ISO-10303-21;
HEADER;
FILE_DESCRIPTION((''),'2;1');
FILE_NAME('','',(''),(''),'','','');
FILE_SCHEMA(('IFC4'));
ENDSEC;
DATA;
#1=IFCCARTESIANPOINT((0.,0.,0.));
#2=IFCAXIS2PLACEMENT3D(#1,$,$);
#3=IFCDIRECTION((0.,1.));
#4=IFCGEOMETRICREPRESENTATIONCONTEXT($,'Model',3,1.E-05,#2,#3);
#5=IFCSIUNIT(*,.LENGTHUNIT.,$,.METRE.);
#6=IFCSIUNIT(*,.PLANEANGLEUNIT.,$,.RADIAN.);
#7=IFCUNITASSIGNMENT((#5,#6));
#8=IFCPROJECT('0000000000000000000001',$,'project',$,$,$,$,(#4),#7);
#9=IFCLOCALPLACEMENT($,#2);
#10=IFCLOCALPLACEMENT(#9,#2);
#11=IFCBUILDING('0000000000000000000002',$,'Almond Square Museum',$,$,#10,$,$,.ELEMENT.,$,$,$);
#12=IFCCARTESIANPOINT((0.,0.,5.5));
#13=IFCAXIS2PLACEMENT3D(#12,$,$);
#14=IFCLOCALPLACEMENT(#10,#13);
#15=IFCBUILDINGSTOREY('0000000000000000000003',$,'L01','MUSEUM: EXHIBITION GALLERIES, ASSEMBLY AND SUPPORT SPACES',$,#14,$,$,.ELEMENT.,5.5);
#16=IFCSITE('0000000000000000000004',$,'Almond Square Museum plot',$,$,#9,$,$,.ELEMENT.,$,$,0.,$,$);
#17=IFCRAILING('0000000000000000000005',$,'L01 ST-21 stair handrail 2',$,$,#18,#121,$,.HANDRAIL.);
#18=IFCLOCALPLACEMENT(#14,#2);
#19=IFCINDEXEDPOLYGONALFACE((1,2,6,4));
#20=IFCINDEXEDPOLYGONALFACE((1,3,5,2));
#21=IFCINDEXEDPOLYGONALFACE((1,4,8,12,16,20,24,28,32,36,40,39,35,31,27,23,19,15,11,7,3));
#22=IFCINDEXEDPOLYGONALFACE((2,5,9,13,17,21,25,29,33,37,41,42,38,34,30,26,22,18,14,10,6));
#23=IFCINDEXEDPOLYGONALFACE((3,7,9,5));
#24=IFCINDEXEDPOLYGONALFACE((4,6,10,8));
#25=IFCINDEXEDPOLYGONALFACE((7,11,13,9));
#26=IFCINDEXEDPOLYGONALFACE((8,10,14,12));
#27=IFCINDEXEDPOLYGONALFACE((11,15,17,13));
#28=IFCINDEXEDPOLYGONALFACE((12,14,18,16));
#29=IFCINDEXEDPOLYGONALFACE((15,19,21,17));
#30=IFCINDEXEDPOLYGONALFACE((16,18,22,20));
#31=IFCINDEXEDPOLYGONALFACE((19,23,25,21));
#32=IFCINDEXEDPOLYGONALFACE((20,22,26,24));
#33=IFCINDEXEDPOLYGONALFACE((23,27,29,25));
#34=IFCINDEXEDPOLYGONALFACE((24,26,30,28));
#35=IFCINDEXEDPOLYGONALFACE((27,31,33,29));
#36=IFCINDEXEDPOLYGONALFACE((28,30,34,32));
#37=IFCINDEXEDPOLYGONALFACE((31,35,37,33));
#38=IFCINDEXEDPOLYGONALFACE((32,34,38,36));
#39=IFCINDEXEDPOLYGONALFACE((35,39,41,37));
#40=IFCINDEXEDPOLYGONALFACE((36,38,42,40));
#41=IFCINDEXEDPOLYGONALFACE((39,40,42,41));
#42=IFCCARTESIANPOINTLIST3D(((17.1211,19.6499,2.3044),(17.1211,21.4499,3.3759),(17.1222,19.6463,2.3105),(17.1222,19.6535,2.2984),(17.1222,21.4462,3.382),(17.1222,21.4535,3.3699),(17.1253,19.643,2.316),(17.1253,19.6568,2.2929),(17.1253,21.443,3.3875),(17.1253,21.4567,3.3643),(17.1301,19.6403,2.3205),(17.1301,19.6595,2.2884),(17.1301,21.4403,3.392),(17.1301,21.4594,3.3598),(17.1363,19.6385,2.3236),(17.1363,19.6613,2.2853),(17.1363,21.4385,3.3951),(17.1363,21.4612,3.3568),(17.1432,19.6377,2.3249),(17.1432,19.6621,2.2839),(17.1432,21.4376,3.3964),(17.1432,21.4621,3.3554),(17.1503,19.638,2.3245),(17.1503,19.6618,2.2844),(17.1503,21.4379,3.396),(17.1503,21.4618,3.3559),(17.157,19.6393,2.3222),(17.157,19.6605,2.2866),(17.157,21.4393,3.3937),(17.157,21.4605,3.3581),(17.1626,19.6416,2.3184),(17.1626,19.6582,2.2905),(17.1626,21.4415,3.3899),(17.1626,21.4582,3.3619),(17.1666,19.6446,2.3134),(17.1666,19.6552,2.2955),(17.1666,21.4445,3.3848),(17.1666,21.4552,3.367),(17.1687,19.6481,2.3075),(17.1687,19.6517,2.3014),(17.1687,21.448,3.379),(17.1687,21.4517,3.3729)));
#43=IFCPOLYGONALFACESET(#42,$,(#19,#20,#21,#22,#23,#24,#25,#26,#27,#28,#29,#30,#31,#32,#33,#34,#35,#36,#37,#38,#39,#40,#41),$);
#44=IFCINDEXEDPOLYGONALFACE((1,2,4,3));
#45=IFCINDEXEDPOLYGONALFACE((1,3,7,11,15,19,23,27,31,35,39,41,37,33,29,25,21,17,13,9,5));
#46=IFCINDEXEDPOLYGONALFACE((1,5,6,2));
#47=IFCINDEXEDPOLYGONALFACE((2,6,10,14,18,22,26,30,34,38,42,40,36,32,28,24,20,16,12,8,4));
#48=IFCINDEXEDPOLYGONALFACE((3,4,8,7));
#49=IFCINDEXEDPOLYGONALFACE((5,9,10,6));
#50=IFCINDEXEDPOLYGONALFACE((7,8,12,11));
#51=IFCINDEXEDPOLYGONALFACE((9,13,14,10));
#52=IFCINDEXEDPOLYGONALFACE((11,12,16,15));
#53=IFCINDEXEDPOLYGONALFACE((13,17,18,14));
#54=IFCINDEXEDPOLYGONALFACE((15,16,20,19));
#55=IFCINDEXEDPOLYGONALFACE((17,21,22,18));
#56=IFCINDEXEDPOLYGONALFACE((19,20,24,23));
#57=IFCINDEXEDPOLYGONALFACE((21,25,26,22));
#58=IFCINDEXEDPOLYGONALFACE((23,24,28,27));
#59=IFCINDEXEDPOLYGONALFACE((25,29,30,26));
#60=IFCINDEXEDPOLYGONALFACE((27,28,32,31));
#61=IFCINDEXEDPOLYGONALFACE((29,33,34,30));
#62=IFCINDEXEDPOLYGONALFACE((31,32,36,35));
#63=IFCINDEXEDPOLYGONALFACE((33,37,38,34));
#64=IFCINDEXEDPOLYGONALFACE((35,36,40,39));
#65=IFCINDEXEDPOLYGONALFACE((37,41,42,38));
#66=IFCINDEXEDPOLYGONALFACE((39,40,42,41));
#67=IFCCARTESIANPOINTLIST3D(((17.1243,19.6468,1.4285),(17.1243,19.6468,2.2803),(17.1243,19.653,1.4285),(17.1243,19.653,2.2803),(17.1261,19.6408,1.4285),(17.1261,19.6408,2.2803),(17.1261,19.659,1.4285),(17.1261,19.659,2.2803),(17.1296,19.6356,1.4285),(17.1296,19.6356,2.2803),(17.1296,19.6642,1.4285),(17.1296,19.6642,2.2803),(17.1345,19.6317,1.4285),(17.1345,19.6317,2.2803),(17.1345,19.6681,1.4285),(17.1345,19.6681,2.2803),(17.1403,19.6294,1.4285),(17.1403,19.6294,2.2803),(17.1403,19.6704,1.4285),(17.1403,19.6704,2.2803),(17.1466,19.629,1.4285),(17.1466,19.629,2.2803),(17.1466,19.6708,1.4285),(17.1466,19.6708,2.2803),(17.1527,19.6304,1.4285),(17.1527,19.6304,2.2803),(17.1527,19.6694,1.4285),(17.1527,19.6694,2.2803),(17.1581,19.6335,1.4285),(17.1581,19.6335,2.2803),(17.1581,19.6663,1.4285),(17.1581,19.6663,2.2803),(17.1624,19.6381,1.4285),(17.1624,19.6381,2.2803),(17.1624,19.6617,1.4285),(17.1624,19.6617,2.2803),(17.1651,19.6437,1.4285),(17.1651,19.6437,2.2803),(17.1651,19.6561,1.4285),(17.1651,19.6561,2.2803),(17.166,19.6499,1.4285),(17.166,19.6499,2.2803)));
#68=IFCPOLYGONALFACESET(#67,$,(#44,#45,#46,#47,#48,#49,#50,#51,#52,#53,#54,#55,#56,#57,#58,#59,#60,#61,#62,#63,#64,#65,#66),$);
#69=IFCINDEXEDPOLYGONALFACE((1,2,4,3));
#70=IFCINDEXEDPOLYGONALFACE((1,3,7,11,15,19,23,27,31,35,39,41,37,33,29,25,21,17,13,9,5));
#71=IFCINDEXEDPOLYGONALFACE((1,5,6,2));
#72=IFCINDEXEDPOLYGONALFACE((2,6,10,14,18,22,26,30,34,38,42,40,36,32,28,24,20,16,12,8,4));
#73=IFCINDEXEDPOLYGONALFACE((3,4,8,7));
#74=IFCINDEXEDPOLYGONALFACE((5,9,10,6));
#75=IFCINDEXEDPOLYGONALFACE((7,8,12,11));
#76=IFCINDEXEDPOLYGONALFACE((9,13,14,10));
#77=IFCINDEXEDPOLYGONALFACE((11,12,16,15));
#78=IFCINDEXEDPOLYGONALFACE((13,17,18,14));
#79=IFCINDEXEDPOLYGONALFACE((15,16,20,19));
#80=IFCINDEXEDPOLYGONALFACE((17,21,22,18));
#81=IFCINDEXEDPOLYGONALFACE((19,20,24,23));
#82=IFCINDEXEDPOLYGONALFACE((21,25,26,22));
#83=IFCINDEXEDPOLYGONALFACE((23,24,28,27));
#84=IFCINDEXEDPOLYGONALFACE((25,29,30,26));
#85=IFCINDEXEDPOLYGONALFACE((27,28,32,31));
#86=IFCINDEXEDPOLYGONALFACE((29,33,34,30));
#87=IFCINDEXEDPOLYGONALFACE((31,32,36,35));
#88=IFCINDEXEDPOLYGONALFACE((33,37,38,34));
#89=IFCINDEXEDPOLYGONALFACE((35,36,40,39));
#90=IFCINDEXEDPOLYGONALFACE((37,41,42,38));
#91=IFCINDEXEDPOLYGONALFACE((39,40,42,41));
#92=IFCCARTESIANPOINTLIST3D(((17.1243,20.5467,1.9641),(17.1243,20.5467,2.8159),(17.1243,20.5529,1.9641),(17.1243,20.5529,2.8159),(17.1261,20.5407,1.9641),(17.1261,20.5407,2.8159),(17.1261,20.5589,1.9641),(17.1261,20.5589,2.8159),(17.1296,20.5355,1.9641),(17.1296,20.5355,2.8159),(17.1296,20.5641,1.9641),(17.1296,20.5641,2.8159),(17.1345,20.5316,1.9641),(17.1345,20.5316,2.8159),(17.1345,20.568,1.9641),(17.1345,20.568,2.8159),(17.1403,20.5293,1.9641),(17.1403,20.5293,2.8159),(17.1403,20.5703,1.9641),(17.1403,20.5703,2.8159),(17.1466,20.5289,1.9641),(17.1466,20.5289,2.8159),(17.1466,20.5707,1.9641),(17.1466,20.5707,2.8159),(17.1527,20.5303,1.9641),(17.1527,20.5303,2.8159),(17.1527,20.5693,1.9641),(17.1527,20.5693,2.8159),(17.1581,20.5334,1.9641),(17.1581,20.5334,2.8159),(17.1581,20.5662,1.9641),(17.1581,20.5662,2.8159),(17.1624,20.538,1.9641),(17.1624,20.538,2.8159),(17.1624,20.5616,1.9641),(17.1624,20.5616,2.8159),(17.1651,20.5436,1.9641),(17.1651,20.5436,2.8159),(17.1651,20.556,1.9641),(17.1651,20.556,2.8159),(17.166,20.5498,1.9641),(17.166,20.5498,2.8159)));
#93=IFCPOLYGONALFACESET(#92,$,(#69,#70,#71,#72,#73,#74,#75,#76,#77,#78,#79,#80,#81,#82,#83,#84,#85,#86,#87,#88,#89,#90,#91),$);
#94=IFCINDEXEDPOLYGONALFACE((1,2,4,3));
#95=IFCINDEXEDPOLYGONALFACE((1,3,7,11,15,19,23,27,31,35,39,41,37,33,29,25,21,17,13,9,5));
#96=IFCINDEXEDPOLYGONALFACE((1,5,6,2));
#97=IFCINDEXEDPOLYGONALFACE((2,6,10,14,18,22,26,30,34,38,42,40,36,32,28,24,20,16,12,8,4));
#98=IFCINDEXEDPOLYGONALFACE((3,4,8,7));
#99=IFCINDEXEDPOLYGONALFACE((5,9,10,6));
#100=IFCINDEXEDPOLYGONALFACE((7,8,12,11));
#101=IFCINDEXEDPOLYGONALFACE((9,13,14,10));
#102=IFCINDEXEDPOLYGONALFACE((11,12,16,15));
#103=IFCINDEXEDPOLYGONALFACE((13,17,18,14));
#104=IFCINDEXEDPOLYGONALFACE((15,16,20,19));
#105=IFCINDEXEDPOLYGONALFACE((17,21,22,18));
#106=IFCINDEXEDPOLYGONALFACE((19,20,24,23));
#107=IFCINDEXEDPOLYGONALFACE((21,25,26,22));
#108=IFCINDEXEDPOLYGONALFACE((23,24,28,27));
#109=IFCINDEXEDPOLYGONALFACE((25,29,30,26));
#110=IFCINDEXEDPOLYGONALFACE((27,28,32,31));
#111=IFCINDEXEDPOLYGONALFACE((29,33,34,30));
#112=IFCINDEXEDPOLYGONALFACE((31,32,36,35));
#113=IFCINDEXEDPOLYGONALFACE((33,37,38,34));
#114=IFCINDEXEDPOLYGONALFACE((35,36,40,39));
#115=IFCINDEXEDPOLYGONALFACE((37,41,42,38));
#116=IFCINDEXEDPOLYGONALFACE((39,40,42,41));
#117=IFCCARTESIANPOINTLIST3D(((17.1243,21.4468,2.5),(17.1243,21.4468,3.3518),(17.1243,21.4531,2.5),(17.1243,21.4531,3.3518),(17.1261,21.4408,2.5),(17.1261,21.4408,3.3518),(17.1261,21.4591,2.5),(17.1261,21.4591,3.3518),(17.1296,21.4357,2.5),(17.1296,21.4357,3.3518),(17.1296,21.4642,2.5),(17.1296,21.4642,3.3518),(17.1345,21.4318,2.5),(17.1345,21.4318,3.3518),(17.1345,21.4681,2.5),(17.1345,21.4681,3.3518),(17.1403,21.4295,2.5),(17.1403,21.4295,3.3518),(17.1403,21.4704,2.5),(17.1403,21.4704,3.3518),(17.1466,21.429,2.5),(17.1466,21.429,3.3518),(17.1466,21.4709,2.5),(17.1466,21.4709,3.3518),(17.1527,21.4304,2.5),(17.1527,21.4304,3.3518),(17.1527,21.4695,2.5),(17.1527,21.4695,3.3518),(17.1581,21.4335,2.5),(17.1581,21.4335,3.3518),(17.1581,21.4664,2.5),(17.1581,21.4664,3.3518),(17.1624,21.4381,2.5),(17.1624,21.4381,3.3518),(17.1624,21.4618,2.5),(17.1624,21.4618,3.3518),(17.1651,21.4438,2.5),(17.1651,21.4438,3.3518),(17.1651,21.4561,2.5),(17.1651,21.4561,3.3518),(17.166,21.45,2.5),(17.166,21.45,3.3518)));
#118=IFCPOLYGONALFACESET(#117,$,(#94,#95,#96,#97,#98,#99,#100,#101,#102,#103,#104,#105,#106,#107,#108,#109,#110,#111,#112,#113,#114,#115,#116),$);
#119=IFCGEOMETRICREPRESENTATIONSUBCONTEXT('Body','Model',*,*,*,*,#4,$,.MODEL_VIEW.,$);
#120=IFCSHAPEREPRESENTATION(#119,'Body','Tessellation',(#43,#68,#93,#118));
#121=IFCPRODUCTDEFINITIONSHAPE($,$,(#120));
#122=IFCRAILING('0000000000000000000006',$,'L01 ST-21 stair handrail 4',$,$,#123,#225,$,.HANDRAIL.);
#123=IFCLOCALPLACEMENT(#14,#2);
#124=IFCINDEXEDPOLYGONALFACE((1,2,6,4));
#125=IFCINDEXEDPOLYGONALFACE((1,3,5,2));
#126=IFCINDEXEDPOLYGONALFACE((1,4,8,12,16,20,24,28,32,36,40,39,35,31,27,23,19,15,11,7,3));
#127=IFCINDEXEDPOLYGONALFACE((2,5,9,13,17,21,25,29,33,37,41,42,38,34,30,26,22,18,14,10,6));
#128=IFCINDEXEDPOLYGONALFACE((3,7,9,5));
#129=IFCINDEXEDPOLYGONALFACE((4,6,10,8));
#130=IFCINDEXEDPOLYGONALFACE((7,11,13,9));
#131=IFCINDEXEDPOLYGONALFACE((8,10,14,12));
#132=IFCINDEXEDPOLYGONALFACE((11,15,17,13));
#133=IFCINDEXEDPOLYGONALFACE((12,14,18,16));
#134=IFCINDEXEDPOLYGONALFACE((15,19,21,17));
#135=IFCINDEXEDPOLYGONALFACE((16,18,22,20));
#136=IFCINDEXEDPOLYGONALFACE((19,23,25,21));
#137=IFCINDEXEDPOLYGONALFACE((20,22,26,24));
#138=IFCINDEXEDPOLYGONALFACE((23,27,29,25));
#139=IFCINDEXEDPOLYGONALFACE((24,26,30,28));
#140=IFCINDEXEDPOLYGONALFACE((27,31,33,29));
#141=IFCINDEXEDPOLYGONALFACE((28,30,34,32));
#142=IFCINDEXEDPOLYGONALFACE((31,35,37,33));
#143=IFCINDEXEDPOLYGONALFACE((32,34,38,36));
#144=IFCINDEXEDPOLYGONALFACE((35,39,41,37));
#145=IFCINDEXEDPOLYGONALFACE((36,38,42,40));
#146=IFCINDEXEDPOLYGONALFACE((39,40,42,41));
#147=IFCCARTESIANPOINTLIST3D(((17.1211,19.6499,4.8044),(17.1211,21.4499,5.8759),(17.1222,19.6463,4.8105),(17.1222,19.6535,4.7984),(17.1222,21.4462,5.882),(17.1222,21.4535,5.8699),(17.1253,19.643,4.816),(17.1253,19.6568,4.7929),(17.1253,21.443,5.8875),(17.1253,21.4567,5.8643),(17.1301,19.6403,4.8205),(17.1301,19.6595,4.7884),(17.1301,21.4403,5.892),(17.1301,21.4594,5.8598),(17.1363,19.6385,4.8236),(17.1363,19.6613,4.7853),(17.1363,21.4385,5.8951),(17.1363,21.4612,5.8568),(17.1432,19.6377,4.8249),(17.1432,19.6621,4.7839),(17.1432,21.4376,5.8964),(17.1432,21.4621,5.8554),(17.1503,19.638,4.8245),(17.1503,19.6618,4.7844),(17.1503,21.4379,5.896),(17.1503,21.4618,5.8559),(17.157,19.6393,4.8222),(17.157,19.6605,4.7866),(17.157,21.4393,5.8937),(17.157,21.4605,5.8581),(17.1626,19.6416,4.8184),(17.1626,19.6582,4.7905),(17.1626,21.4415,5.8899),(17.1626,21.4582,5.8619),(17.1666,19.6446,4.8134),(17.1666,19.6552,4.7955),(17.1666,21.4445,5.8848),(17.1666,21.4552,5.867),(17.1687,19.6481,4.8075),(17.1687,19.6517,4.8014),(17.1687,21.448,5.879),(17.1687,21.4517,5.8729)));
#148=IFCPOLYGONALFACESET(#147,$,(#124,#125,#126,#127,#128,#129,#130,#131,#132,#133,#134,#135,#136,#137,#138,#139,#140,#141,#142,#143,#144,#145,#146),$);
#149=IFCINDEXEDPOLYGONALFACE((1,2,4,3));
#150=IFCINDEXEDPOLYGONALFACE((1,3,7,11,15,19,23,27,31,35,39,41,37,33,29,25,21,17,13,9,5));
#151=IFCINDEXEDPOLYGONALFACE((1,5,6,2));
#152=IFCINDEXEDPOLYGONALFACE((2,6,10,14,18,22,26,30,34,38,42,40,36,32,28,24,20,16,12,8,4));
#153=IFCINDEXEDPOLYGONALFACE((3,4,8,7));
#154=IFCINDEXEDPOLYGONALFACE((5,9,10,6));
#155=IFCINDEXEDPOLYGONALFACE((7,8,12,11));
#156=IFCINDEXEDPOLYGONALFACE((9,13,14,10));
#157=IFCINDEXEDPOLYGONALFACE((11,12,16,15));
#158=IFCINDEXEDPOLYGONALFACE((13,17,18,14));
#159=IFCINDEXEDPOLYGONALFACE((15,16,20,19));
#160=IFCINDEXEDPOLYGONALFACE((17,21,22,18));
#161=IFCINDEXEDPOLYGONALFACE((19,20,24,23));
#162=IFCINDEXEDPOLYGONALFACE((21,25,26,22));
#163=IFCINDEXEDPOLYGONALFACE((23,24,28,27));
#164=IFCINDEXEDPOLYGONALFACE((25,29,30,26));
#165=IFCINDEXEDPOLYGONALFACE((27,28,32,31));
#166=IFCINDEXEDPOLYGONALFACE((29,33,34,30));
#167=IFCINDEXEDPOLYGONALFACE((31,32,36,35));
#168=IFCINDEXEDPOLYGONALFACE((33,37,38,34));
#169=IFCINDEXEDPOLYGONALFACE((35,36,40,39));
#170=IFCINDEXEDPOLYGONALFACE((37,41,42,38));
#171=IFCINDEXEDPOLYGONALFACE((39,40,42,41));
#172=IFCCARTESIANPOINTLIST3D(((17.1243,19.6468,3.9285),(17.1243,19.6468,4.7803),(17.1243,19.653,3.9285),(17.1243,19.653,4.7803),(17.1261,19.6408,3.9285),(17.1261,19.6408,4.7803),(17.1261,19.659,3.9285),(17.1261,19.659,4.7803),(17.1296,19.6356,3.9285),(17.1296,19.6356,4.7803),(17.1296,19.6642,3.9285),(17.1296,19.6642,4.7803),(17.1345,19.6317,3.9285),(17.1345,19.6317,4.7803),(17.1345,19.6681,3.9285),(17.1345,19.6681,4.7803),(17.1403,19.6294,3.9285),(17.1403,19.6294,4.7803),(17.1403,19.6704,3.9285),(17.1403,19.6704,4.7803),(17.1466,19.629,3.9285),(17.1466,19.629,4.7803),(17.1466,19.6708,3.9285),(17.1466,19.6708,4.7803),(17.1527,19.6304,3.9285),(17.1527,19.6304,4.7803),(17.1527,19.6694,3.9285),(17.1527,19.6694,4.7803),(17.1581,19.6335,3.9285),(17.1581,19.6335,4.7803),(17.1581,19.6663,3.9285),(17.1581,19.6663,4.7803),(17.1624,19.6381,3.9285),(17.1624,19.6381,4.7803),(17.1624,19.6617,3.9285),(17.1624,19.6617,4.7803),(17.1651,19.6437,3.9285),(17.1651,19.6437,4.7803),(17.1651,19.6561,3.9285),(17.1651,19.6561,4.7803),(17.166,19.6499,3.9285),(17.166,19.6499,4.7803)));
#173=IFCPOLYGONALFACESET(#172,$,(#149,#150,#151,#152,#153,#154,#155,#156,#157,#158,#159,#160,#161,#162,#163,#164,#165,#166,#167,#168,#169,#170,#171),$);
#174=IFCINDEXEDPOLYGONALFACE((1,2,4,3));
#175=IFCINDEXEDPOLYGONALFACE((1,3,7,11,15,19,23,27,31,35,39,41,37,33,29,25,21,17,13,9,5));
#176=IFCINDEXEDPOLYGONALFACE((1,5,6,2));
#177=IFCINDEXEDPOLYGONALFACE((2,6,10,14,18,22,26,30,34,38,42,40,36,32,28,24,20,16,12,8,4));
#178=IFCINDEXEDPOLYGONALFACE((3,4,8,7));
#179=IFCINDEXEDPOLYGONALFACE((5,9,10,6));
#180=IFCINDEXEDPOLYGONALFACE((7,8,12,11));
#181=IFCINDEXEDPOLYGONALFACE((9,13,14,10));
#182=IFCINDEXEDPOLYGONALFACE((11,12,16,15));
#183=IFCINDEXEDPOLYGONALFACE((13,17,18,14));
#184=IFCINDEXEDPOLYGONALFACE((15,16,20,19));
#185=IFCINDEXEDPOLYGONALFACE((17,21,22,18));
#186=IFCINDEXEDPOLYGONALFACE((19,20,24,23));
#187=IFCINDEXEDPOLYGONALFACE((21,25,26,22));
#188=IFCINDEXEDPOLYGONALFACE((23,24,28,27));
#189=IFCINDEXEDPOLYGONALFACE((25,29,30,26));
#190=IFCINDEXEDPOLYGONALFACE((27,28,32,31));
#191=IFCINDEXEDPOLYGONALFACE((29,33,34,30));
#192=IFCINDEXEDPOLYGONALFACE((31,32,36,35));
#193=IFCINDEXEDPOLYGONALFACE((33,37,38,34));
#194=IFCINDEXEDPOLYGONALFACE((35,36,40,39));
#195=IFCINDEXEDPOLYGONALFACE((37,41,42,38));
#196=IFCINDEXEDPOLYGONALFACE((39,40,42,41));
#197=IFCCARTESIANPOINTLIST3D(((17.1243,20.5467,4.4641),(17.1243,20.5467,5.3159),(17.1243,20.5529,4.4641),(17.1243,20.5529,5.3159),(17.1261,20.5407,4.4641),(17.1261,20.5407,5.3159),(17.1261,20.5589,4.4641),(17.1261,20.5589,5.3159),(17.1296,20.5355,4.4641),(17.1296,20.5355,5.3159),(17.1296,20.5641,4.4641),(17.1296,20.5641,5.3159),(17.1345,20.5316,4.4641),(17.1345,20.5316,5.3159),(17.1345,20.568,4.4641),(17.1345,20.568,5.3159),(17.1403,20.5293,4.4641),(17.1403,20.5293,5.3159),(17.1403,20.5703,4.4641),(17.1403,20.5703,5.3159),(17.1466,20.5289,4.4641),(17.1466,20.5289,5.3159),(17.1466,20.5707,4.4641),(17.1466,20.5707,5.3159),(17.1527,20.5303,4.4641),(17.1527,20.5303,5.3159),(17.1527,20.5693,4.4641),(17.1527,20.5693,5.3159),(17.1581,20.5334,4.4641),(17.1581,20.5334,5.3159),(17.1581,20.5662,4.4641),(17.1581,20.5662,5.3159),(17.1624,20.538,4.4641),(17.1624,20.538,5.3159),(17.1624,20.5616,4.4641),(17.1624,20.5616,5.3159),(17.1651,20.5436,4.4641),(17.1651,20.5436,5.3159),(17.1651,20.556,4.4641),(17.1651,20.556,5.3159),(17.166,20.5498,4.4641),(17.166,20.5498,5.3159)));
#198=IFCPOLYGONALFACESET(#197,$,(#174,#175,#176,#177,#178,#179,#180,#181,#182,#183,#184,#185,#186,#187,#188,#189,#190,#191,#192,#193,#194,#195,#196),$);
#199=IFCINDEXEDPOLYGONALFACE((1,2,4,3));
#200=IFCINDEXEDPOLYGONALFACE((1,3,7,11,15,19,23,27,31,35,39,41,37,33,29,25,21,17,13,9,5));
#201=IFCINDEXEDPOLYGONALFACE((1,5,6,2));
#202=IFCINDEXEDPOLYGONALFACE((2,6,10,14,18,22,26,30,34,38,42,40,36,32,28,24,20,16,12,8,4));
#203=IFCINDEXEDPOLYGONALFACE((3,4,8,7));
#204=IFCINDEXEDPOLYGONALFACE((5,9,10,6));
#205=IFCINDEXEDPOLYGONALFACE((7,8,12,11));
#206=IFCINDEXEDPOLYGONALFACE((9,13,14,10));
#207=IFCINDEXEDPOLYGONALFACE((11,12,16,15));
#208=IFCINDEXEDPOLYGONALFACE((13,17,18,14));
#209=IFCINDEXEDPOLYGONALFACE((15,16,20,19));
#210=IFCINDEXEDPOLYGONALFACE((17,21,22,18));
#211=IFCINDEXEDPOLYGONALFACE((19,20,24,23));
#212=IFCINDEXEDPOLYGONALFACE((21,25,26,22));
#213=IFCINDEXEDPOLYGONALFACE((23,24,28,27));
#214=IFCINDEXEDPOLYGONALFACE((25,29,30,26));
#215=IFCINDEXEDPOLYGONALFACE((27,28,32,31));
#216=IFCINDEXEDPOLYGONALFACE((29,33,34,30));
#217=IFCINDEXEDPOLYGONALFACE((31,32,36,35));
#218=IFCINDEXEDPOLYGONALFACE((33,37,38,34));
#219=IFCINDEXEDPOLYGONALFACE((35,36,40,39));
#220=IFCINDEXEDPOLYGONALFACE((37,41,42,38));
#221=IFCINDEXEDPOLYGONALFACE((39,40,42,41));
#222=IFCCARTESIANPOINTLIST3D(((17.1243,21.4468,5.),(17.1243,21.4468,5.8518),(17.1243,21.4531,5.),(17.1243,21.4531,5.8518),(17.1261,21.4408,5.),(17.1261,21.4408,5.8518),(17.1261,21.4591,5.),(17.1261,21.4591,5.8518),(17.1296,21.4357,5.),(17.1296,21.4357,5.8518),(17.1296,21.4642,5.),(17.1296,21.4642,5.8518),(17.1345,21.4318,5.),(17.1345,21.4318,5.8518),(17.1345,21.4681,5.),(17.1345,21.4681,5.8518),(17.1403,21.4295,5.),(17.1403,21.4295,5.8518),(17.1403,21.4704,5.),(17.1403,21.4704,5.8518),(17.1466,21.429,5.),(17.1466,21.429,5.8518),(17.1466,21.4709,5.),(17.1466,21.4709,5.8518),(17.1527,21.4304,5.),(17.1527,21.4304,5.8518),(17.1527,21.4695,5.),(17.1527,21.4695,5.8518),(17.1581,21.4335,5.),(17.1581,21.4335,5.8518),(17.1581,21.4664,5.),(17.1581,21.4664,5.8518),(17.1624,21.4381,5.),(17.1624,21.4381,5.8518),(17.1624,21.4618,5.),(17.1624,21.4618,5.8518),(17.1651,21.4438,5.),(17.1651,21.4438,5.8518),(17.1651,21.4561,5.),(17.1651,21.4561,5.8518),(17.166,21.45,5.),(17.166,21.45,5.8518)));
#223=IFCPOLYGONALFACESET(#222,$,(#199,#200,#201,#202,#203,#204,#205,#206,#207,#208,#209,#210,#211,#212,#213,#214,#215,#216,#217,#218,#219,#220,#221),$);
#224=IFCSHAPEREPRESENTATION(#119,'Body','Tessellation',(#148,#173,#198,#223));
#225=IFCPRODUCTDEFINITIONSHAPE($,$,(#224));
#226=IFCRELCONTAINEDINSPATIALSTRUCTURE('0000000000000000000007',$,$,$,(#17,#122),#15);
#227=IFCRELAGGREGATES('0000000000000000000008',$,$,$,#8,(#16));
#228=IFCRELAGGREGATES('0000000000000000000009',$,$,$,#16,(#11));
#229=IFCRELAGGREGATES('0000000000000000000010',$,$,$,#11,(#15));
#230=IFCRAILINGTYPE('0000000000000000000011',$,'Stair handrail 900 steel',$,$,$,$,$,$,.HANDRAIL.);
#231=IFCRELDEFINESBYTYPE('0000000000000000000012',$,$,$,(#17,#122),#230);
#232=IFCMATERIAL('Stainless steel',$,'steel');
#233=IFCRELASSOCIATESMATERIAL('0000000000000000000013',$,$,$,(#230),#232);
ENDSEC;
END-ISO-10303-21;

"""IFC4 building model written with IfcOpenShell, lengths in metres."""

from ifc_helpers import new_model, si_unit, direction, frame, origin, origin_2d, place, context, subcontext, project, spatial, circle, extrude, material, type_object, element, save


model = new_model("IFC4")

# Units and contexts
model_context = context("Model", 3, precision=1e-05, world=origin(), true_north=direction((0.0, 1.0)))
body_context = subcontext(model_context, "Body", "Model", "MODEL_VIEW")
ifc_project = project(units=[si_unit("LENGTHUNIT", "METRE"), si_unit("PLANEANGLEUNIT", "RADIAN")], contexts=[model_context])

# Site, building, storey
site_placement = place(None, origin())
site = spatial("IfcSite", under=ifc_project, at=site_placement, Name="Almond Square Museum plot", CompositionType="ELEMENT", RefElevation=0.0)
building_placement = place(site_placement, origin())
building = spatial("IfcBuilding", under=site, at=building_placement, Name="Almond Square Museum", CompositionType="ELEMENT")
storey_placement = place(building_placement, frame((0.0, 0.0, 5.5)))
storey = spatial("IfcBuildingStorey", under=building, at=storey_placement, Name="L01", Description="MUSEUM: EXHIBITION GALLERIES, ASSEMBLY AND SUPPORT SPACES", CompositionType="ELEMENT", Elevation=5.5)

# Railings
ifc_material_1 = material(Name="Stainless steel", Category="steel")
railing_type_1 = type_object("IfcRailingType", Name="Stair handrail 900 steel", PredefinedType="HANDRAIL", material=ifc_material_1)
for number, where, name in (
    (1, (17.145, 19.6499, 1.4285), "L01 ST-21 stair handrail 2"),
    (2, (17.145, 19.6499, 3.9285), "L01 ST-21 stair handrail 4"),
):
    element("IfcRailing", number, at=place(storey_placement, frame(where)), inside=storey, type_object=railing_type_1, Name=name, PredefinedType="HANDRAIL", context=body_context, shape_type="SweptSolid", body=[
        extrude(circle(Radius=0.0239, at=origin_2d()), frame((0.0, 0.0, 0.876), z_axis=(0.0, 0.859277, 0.51151), x_axis=(-1.0, 0.0, 0.0)), (0.0, 0.0, 1.0), 2.0947),
        extrude(circle(Radius=0.021, at=origin_2d()), origin(), (0.0, 0.0, 1.0), 0.8518),
        extrude(circle(Radius=0.021, at=origin_2d()), frame((0.0, 0.8999, 0.5356)), (0.0, 0.0, 1.0), 0.8518),
        extrude(circle(Radius=0.021, at=origin_2d()), frame((0.0, 1.8, 1.0715)), (0.0, 0.0, 1.0), 0.8518),
    ])

save(model, "model.ifc")
